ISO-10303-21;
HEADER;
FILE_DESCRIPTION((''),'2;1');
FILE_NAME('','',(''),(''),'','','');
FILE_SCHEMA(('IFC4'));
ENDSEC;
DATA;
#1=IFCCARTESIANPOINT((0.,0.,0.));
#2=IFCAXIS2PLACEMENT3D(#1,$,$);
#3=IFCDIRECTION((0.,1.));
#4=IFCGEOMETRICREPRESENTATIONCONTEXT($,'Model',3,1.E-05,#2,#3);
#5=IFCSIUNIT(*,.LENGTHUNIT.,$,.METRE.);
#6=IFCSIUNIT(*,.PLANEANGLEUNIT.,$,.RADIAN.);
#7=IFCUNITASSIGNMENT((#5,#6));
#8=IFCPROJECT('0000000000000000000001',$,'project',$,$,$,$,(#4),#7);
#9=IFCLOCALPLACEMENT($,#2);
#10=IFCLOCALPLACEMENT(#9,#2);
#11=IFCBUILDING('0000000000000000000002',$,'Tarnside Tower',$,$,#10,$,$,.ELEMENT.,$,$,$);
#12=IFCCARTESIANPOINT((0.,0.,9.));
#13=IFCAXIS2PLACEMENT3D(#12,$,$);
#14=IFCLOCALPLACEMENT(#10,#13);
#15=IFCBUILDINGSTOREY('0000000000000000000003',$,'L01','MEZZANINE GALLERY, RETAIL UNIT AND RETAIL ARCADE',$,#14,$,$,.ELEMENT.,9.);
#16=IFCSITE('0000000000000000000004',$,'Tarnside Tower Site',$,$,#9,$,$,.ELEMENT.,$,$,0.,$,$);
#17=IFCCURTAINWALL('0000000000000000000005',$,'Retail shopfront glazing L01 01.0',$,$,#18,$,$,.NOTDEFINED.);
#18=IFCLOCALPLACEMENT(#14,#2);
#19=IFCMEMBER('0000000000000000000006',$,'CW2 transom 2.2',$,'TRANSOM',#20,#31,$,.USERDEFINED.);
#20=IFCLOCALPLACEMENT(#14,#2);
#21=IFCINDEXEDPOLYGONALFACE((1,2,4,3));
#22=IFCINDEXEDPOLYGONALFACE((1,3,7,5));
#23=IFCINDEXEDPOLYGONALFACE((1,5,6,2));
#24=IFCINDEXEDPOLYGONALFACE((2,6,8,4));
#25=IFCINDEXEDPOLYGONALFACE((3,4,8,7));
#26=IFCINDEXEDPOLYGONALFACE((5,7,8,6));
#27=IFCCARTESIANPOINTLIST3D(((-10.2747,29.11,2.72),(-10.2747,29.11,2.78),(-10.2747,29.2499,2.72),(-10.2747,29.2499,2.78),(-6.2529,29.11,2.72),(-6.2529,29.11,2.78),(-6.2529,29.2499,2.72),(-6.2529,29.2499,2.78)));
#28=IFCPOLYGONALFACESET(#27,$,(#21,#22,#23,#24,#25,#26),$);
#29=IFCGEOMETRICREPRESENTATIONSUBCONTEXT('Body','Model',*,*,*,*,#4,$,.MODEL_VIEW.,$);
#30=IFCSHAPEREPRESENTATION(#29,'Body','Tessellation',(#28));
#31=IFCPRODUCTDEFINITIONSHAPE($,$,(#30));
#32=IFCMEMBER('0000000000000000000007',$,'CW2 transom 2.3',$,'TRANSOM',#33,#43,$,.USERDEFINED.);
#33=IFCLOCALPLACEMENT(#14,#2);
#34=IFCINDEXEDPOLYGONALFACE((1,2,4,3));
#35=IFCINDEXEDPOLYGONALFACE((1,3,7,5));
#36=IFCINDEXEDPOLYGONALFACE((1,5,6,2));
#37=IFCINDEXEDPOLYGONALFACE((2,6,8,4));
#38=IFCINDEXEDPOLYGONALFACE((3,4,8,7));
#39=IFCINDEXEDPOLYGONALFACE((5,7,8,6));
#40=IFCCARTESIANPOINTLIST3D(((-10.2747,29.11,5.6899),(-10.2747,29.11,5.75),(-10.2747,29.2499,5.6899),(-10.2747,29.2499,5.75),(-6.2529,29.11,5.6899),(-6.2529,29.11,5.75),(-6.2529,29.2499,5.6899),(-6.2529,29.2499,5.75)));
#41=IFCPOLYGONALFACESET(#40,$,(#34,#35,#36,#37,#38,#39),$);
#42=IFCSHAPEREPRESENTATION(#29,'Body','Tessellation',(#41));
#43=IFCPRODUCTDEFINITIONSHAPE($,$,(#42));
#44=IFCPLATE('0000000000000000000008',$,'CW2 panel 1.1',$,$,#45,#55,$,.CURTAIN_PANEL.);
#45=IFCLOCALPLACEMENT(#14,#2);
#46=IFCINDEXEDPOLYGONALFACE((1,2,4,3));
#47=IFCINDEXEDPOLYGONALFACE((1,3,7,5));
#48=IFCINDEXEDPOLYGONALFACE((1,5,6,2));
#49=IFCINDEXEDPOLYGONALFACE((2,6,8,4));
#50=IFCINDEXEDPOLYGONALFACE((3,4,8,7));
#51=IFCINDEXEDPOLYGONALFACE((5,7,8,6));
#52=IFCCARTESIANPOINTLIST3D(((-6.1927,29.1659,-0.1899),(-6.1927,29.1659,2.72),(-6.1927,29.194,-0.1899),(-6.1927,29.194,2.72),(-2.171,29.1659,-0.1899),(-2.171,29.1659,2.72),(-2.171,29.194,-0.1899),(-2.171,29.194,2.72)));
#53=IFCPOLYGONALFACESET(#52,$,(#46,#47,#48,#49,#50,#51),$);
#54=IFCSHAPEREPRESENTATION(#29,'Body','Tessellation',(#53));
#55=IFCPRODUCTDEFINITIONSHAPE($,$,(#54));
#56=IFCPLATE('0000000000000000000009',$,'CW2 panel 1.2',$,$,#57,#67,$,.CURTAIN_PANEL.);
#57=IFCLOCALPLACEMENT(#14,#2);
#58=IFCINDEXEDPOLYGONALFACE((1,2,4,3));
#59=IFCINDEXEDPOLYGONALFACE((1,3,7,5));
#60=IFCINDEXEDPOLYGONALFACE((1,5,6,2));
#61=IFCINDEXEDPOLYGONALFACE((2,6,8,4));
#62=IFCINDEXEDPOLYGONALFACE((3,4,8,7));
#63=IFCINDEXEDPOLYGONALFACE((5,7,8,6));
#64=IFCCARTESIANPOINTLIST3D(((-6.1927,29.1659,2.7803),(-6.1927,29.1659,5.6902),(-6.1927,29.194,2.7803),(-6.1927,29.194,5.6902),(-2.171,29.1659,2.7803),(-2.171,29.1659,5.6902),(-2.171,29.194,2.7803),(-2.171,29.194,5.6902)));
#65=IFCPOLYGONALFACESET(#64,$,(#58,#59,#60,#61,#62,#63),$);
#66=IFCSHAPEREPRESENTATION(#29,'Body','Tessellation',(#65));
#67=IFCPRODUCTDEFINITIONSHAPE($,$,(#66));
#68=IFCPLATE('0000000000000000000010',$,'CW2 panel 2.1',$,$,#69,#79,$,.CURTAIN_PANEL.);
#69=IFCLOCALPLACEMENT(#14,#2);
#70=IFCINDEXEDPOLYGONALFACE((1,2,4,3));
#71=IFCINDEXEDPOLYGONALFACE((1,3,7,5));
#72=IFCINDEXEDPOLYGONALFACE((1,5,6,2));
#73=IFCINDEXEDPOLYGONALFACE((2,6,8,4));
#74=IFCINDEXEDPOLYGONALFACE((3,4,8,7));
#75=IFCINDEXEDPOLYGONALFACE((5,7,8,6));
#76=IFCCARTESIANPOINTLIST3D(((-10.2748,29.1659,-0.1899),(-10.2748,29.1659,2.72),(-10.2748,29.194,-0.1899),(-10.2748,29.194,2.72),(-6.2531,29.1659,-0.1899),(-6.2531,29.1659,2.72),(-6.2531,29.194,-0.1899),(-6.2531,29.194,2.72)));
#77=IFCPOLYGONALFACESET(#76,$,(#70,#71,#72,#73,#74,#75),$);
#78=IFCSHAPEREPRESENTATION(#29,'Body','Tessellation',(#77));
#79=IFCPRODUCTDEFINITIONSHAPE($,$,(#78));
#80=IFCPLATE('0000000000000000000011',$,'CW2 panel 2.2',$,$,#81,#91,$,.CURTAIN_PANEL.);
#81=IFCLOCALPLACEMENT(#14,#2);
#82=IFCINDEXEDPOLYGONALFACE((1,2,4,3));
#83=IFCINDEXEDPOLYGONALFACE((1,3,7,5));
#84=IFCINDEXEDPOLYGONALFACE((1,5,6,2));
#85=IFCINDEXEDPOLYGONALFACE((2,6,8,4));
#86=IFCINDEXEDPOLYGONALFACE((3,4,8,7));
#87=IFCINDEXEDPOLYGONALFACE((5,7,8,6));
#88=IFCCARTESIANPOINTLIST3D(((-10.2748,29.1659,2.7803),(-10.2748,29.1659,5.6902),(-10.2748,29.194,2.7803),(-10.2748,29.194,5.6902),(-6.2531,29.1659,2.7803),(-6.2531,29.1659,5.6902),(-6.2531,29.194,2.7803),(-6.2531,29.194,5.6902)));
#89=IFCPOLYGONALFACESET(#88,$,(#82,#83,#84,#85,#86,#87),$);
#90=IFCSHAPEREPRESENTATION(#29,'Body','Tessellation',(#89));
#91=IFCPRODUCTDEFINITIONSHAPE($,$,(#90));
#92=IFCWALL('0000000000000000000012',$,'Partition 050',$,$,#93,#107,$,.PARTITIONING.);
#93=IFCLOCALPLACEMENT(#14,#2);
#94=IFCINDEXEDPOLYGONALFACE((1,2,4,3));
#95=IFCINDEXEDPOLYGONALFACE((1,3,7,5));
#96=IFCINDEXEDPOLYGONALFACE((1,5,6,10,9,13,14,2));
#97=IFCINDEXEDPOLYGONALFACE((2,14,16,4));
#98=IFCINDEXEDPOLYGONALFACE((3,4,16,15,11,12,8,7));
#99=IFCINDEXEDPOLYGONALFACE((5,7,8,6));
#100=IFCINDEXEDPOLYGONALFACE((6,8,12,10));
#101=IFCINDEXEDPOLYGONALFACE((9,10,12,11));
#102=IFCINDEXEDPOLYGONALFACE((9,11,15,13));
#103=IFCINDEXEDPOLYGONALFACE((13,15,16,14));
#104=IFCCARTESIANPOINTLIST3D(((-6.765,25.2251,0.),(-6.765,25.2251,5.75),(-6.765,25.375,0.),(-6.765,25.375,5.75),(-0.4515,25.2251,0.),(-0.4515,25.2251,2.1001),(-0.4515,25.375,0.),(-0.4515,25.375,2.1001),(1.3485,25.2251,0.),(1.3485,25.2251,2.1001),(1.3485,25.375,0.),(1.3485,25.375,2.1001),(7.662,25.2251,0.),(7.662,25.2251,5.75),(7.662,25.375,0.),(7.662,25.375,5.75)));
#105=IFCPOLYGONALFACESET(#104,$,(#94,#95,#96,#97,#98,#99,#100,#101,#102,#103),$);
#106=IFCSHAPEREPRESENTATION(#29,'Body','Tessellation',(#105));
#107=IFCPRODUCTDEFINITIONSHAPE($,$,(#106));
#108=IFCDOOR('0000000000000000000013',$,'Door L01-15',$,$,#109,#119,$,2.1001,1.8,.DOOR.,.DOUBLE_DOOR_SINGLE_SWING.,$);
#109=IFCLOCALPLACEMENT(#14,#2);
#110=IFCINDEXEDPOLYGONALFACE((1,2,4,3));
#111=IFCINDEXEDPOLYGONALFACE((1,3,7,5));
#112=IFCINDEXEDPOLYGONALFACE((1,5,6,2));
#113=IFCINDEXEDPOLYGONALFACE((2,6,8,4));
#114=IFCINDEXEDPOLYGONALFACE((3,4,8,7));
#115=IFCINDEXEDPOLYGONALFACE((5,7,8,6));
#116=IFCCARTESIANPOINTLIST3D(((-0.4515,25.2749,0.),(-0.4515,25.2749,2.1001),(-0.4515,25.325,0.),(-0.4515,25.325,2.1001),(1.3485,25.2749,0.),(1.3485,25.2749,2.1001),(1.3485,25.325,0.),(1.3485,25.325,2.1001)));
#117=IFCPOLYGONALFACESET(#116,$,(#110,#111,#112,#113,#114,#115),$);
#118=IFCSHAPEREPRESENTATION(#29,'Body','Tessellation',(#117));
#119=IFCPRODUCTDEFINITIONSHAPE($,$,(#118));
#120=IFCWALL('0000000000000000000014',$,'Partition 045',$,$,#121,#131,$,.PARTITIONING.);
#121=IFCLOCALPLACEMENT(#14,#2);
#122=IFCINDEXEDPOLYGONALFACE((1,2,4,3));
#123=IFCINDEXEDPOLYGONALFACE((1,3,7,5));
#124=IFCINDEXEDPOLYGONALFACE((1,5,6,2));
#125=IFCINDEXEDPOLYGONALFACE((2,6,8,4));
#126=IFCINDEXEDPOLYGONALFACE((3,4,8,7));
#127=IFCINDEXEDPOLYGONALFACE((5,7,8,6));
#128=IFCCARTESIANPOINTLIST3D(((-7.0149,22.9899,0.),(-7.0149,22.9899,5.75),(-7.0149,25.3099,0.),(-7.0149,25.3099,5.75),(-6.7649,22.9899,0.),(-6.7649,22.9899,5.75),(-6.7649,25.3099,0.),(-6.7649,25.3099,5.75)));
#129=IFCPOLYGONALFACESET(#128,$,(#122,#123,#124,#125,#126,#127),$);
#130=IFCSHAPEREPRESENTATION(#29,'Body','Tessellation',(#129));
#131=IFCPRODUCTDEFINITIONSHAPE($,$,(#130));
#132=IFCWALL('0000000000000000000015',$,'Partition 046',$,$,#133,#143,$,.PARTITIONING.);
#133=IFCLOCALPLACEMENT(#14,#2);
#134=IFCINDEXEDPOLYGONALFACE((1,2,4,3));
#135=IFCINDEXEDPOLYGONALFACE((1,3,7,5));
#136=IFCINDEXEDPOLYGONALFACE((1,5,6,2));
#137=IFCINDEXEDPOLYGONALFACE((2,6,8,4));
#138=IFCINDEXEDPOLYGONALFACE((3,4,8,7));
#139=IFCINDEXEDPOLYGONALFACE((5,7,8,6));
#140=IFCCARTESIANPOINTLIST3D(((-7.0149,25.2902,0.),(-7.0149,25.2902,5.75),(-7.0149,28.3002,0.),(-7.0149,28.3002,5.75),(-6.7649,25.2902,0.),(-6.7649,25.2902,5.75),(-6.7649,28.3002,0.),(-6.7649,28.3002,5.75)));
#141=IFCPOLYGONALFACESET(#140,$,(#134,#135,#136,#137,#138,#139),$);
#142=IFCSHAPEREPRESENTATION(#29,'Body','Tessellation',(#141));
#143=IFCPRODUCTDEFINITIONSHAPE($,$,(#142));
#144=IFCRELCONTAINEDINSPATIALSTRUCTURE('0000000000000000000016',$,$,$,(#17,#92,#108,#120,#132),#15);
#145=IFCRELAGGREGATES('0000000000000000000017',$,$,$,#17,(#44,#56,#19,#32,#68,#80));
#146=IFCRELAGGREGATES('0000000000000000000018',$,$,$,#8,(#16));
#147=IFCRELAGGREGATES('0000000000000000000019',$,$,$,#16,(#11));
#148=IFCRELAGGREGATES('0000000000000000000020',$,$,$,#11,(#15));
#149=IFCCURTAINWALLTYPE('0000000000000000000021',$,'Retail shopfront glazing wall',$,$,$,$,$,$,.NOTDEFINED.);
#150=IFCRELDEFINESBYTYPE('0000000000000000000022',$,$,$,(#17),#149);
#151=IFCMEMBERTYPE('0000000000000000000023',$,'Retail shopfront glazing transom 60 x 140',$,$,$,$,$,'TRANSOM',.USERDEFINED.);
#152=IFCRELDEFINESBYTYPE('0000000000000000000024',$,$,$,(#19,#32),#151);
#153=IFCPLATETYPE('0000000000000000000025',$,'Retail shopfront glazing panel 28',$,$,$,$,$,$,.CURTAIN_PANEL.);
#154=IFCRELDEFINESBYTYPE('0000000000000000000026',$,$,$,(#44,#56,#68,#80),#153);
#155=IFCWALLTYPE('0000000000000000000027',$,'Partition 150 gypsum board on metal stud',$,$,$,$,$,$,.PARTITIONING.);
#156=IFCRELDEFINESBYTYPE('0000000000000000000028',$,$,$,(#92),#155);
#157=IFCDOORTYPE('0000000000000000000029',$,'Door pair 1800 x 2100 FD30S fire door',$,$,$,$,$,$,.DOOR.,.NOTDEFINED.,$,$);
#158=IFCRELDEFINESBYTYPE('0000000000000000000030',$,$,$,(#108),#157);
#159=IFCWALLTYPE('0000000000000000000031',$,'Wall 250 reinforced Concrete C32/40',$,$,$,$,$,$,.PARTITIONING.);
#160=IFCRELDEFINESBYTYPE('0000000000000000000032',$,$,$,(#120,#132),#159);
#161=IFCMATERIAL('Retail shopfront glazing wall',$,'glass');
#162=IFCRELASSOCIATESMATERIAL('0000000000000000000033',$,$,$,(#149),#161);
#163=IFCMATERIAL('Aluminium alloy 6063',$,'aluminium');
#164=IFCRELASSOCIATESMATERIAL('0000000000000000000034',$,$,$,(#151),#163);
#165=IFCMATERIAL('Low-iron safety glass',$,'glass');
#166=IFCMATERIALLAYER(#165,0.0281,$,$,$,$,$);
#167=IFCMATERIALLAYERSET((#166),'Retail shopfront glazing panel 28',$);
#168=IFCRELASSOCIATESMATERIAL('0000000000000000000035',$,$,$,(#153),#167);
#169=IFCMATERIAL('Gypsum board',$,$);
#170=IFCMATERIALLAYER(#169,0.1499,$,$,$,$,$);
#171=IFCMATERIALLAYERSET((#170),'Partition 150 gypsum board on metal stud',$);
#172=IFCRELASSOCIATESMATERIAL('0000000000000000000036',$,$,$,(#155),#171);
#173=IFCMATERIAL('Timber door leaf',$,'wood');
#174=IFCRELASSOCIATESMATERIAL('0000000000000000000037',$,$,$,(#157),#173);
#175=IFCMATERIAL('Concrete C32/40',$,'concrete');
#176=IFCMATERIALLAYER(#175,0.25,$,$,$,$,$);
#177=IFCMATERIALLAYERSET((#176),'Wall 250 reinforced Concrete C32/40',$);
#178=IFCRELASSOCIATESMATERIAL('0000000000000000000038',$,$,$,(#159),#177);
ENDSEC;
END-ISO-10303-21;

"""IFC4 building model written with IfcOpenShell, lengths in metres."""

from ifc_helpers import new_model, si_unit, direction, frame, frame_2d, origin, origin_2d, place, context, subcontext, project, spatial, rectangle, extrude, material, layer, layer_set, material_profile, profile_set, type_object, element, fill, aggregate, save


model = new_model("IFC4")

# Units and contexts
model_context = context("Model", 3, precision=1e-05, world=origin(), true_north=direction((0.0, 1.0)))
body_context = subcontext(model_context, "Body", "Model", "MODEL_VIEW")
ifc_project = project(units=[si_unit("LENGTHUNIT", "METRE"), si_unit("PLANEANGLEUNIT", "RADIAN")], contexts=[model_context])

# Site, building, storey
site_placement = place(None, origin())
site = spatial("IfcSite", under=ifc_project, at=site_placement, Name="Tarnside Tower Site", CompositionType="ELEMENT", RefElevation=0.0)
building_placement = place(site_placement, origin())
building = spatial("IfcBuilding", under=site, at=building_placement, Name="Tarnside Tower", CompositionType="ELEMENT")
storey_placement = place(building_placement, frame((0.0, 0.0, 9.0)))
storey = spatial("IfcBuildingStorey", under=building, at=storey_placement, Name="L01", Description="MEZZANINE GALLERY, RETAIL UNIT AND RETAIL ARCADE", CompositionType="ELEMENT", Elevation=9.0)

# Shared definitions
ifc_material_1 = material(Name="Retail shopfront glazing wall", Category="glass")
curtain_wall_type = type_object("IfcCurtainWallType", Name="Retail shopfront glazing wall", PredefinedType="NOTDEFINED", material=ifc_material_1)
ifc_material_2 = material(Name="Aluminium alloy 6063", Category="aluminium")

# Curtain wall, members, plates
curtain_wall_1_placement = place(storey_placement, origin())
curtain_wall_1 = element("IfcCurtainWall", 1, at=curtain_wall_1_placement, inside=storey, type_object=curtain_wall_type, Name="Retail shopfront glazing L01 01.0", PredefinedType="NOTDEFINED")
ifc_material_profile_1 = material_profile(ifc_material_2, rectangle(XDim=0.1399, YDim=0.0601, at=origin_2d()), Name="Retail shopfront glazing transom 60 x 140")
ifc_profile_set_1 = profile_set([ifc_material_profile_1], Name="Aluminium alloy 6063")
member_type_1 = type_object("IfcMemberType", Name="Retail shopfront glazing transom 60 x 140", ElementType="TRANSOM", PredefinedType="USERDEFINED", material=ifc_profile_set_1)
member_1_placement = place(storey_placement, frame((-6.2529, 29.1799, 2.75), z_axis=(-1.0, 0.0, 0.0), x_axis=(0.0, -1.0, 0.0)))
member_1 = element("IfcMember", 2, at=member_1_placement, type_object=member_type_1, Name="CW2 transom 2.2", ObjectType="TRANSOM", PredefinedType="USERDEFINED", context=body_context, shape_type="SweptSolid", body=[
    extrude(rectangle(XDim=0.1399, YDim=0.0601, at=origin_2d()), origin(), (0.0, 0.0, 1.0), 4.0217),
])
member_2_placement = place(storey_placement, frame((-6.2529, 29.1799, 5.72), z_axis=(-1.0, 0.0, 0.0), x_axis=(0.0, -1.0, 0.0)))
member_2 = element("IfcMember", 3, at=member_2_placement, type_object=member_type_1, Name="CW2 transom 2.3", ObjectType="TRANSOM", PredefinedType="USERDEFINED", context=body_context, shape_type="SweptSolid", body=[
    extrude(rectangle(XDim=0.1399, YDim=0.0601, at=origin_2d()), origin(), (0.0, 0.0, 1.0), 4.0217),
])
ifc_material_3 = material(Name="Low-iron safety glass", Category="glass")
ifc_layer_1 = layer(ifc_material_3, 0.0281)
ifc_layer_set_1 = layer_set([ifc_layer_1], Name="Retail shopfront glazing panel 28")
plate_type = type_object("IfcPlateType", Name="Retail shopfront glazing panel 28", PredefinedType="CURTAIN_PANEL", material=ifc_layer_set_1)
plate_1_placement = place(storey_placement, frame((-4.1819, 29.1799, -0.1899), z_axis=(0.0, 0.0, 1.0), x_axis=(-1.0, 0.0, 0.0)))
plate_1 = element("IfcPlate", 4, at=plate_1_placement, type_object=plate_type, Name="CW2 panel 1.1", PredefinedType="CURTAIN_PANEL", context=body_context, shape_type="SweptSolid", body=[
    extrude(rectangle(XDim=4.0217, YDim=0.0281, at=origin_2d()), origin(), (0.0, 0.0, 1.0), 2.9099),
])
plate_2_placement = place(storey_placement, frame((-4.1819, 29.1799, 2.7803), z_axis=(0.0, 0.0, 1.0), x_axis=(-1.0, 0.0, 0.0)))
plate_2 = element("IfcPlate", 5, at=plate_2_placement, type_object=plate_type, Name="CW2 panel 1.2", PredefinedType="CURTAIN_PANEL", context=body_context, shape_type="SweptSolid", body=[
    extrude(rectangle(XDim=4.0217, YDim=0.0281, at=origin_2d()), origin(), (0.0, 0.0, 1.0), 2.9099),
])
plate_3_placement = place(storey_placement, frame((-8.2639, 29.1799, -0.1899), z_axis=(0.0, 0.0, 1.0), x_axis=(-1.0, 0.0, 0.0)))
plate_3 = element("IfcPlate", 6, at=plate_3_placement, type_object=plate_type, Name="CW2 panel 2.1", PredefinedType="CURTAIN_PANEL", context=body_context, shape_type="SweptSolid", body=[
    extrude(rectangle(XDim=4.0217, YDim=0.0281, at=origin_2d()), origin(), (0.0, 0.0, 1.0), 2.9099),
])
plate_4_placement = place(storey_placement, frame((-8.2639, 29.1799, 2.7803), z_axis=(0.0, 0.0, 1.0), x_axis=(-1.0, 0.0, 0.0)))
plate_4 = element("IfcPlate", 7, at=plate_4_placement, type_object=plate_type, Name="CW2 panel 2.2", PredefinedType="CURTAIN_PANEL", context=body_context, shape_type="SweptSolid", body=[
    extrude(rectangle(XDim=4.0217, YDim=0.0281, at=origin_2d()), origin(), (0.0, 0.0, 1.0), 2.9099),
])
aggregate(curtain_wall_1, [plate_1, plate_2, member_1, member_2, plate_3, plate_4])

# Wall, opening, door
ifc_material_4 = material(Name="Gypsum board")
ifc_layer_2 = layer(ifc_material_4, 0.1499)
ifc_layer_set_2 = layer_set([ifc_layer_2], Name="Partition 150 gypsum board on metal stud")
wall_type_1 = type_object("IfcWallType", Name="Partition 150 gypsum board on metal stud", PredefinedType="PARTITIONING", material=ifc_layer_set_2)
wall_1_placement = place(storey_placement, frame((-6.7649, 25.3, 0.0), z_axis=(0.0, 0.0, 1.0), x_axis=(1.0, 0.0, 0.0)))
wall_1 = element("IfcWall", 8, at=wall_1_placement, inside=storey, type_object=wall_type_1, Name="Partition 050", PredefinedType="PARTITIONING", context=body_context, shape_type="SweptSolid", body=[
    extrude(rectangle(XDim=14.427, YDim=0.1499, at=frame_2d((7.2134, 0.0))), origin(), (0.0, 0.0, 1.0), 5.75),
])
opening_placement = place(wall_1_placement, frame((6.3135, 0.0, 0.0)))
opening = element("IfcOpeningElement", 9, at=opening_placement, cuts=wall_1, PredefinedType="OPENING", context=body_context, shape_type="SweptSolid", body=[
    extrude(rectangle(XDim=1.8, YDim=2.1001, at=frame_2d((0.8999, 1.05))), frame((0.0, 0.085, 0.0), z_axis=(0.0, -1.0, 0.0), x_axis=(1.0, 0.0, 0.0)), (0.0, 0.0, 1.0), 0.1699),
])
ifc_material_5 = material(Name="Timber door leaf", Category="wood")
door_type = type_object("IfcDoorType", Name="Door pair 1800 x 2100 FD30S fire door", OperationType="NOTDEFINED", PredefinedType="DOOR", material=ifc_material_5)
door_placement = place(opening_placement, origin())
door = element("IfcDoor", 10, at=door_placement, inside=storey, type_object=door_type, Name="Door L01-15", OperationType="DOUBLE_DOOR_SINGLE_SWING", OverallHeight=2.1001, OverallWidth=1.8, PredefinedType="DOOR", context=body_context, shape_type="SweptSolid", body=[
    extrude(rectangle(XDim=1.8, YDim=2.1001, at=frame_2d((0.8999, 1.05))), frame((0.0, 0.0249, 0.0), z_axis=(0.0, -1.0, 0.0), x_axis=(1.0, 0.0, 0.0)), (0.0, 0.0, 1.0), 0.05),
])
fill(opening, door)

# Walls
ifc_material_6 = material(Name="Concrete C32/40", Category="concrete")
ifc_layer_3 = layer(ifc_material_6, 0.25)
ifc_layer_set_3 = layer_set([ifc_layer_3], Name="Wall 250 reinforced Concrete C32/40")
wall_type_2 = type_object("IfcWallType", Name="Wall 250 reinforced Concrete C32/40", PredefinedType="PARTITIONING", material=ifc_layer_set_3)
wall_2_placement = place(storey_placement, frame((-6.8899, 25.3101, 0.0), z_axis=(0.0, 0.0, 1.0), x_axis=(0.0, -1.0, 0.0)))
element("IfcWall", 11, at=wall_2_placement, inside=storey, type_object=wall_type_2, Name="Partition 045", PredefinedType="PARTITIONING", context=body_context, shape_type="SweptSolid", body=[
    extrude(rectangle(XDim=2.3201, YDim=0.25, at=frame_2d((1.1602, 0.0))), origin(), (0.0, 0.0, 1.0), 5.75),
])
wall_3_placement = place(storey_placement, frame((-6.8899, 28.3, 0.0), z_axis=(0.0, 0.0, 1.0), x_axis=(0.0, -1.0, 0.0)))
element("IfcWall", 12, at=wall_3_placement, inside=storey, type_object=wall_type_2, Name="Partition 046", PredefinedType="PARTITIONING", context=body_context, shape_type="SweptSolid", body=[
    extrude(rectangle(XDim=3.01, YDim=0.25, at=frame_2d((1.5049, 0.0))), origin(), (0.0, 0.0, 1.0), 5.75),
])

save(model, "model.ifc")
